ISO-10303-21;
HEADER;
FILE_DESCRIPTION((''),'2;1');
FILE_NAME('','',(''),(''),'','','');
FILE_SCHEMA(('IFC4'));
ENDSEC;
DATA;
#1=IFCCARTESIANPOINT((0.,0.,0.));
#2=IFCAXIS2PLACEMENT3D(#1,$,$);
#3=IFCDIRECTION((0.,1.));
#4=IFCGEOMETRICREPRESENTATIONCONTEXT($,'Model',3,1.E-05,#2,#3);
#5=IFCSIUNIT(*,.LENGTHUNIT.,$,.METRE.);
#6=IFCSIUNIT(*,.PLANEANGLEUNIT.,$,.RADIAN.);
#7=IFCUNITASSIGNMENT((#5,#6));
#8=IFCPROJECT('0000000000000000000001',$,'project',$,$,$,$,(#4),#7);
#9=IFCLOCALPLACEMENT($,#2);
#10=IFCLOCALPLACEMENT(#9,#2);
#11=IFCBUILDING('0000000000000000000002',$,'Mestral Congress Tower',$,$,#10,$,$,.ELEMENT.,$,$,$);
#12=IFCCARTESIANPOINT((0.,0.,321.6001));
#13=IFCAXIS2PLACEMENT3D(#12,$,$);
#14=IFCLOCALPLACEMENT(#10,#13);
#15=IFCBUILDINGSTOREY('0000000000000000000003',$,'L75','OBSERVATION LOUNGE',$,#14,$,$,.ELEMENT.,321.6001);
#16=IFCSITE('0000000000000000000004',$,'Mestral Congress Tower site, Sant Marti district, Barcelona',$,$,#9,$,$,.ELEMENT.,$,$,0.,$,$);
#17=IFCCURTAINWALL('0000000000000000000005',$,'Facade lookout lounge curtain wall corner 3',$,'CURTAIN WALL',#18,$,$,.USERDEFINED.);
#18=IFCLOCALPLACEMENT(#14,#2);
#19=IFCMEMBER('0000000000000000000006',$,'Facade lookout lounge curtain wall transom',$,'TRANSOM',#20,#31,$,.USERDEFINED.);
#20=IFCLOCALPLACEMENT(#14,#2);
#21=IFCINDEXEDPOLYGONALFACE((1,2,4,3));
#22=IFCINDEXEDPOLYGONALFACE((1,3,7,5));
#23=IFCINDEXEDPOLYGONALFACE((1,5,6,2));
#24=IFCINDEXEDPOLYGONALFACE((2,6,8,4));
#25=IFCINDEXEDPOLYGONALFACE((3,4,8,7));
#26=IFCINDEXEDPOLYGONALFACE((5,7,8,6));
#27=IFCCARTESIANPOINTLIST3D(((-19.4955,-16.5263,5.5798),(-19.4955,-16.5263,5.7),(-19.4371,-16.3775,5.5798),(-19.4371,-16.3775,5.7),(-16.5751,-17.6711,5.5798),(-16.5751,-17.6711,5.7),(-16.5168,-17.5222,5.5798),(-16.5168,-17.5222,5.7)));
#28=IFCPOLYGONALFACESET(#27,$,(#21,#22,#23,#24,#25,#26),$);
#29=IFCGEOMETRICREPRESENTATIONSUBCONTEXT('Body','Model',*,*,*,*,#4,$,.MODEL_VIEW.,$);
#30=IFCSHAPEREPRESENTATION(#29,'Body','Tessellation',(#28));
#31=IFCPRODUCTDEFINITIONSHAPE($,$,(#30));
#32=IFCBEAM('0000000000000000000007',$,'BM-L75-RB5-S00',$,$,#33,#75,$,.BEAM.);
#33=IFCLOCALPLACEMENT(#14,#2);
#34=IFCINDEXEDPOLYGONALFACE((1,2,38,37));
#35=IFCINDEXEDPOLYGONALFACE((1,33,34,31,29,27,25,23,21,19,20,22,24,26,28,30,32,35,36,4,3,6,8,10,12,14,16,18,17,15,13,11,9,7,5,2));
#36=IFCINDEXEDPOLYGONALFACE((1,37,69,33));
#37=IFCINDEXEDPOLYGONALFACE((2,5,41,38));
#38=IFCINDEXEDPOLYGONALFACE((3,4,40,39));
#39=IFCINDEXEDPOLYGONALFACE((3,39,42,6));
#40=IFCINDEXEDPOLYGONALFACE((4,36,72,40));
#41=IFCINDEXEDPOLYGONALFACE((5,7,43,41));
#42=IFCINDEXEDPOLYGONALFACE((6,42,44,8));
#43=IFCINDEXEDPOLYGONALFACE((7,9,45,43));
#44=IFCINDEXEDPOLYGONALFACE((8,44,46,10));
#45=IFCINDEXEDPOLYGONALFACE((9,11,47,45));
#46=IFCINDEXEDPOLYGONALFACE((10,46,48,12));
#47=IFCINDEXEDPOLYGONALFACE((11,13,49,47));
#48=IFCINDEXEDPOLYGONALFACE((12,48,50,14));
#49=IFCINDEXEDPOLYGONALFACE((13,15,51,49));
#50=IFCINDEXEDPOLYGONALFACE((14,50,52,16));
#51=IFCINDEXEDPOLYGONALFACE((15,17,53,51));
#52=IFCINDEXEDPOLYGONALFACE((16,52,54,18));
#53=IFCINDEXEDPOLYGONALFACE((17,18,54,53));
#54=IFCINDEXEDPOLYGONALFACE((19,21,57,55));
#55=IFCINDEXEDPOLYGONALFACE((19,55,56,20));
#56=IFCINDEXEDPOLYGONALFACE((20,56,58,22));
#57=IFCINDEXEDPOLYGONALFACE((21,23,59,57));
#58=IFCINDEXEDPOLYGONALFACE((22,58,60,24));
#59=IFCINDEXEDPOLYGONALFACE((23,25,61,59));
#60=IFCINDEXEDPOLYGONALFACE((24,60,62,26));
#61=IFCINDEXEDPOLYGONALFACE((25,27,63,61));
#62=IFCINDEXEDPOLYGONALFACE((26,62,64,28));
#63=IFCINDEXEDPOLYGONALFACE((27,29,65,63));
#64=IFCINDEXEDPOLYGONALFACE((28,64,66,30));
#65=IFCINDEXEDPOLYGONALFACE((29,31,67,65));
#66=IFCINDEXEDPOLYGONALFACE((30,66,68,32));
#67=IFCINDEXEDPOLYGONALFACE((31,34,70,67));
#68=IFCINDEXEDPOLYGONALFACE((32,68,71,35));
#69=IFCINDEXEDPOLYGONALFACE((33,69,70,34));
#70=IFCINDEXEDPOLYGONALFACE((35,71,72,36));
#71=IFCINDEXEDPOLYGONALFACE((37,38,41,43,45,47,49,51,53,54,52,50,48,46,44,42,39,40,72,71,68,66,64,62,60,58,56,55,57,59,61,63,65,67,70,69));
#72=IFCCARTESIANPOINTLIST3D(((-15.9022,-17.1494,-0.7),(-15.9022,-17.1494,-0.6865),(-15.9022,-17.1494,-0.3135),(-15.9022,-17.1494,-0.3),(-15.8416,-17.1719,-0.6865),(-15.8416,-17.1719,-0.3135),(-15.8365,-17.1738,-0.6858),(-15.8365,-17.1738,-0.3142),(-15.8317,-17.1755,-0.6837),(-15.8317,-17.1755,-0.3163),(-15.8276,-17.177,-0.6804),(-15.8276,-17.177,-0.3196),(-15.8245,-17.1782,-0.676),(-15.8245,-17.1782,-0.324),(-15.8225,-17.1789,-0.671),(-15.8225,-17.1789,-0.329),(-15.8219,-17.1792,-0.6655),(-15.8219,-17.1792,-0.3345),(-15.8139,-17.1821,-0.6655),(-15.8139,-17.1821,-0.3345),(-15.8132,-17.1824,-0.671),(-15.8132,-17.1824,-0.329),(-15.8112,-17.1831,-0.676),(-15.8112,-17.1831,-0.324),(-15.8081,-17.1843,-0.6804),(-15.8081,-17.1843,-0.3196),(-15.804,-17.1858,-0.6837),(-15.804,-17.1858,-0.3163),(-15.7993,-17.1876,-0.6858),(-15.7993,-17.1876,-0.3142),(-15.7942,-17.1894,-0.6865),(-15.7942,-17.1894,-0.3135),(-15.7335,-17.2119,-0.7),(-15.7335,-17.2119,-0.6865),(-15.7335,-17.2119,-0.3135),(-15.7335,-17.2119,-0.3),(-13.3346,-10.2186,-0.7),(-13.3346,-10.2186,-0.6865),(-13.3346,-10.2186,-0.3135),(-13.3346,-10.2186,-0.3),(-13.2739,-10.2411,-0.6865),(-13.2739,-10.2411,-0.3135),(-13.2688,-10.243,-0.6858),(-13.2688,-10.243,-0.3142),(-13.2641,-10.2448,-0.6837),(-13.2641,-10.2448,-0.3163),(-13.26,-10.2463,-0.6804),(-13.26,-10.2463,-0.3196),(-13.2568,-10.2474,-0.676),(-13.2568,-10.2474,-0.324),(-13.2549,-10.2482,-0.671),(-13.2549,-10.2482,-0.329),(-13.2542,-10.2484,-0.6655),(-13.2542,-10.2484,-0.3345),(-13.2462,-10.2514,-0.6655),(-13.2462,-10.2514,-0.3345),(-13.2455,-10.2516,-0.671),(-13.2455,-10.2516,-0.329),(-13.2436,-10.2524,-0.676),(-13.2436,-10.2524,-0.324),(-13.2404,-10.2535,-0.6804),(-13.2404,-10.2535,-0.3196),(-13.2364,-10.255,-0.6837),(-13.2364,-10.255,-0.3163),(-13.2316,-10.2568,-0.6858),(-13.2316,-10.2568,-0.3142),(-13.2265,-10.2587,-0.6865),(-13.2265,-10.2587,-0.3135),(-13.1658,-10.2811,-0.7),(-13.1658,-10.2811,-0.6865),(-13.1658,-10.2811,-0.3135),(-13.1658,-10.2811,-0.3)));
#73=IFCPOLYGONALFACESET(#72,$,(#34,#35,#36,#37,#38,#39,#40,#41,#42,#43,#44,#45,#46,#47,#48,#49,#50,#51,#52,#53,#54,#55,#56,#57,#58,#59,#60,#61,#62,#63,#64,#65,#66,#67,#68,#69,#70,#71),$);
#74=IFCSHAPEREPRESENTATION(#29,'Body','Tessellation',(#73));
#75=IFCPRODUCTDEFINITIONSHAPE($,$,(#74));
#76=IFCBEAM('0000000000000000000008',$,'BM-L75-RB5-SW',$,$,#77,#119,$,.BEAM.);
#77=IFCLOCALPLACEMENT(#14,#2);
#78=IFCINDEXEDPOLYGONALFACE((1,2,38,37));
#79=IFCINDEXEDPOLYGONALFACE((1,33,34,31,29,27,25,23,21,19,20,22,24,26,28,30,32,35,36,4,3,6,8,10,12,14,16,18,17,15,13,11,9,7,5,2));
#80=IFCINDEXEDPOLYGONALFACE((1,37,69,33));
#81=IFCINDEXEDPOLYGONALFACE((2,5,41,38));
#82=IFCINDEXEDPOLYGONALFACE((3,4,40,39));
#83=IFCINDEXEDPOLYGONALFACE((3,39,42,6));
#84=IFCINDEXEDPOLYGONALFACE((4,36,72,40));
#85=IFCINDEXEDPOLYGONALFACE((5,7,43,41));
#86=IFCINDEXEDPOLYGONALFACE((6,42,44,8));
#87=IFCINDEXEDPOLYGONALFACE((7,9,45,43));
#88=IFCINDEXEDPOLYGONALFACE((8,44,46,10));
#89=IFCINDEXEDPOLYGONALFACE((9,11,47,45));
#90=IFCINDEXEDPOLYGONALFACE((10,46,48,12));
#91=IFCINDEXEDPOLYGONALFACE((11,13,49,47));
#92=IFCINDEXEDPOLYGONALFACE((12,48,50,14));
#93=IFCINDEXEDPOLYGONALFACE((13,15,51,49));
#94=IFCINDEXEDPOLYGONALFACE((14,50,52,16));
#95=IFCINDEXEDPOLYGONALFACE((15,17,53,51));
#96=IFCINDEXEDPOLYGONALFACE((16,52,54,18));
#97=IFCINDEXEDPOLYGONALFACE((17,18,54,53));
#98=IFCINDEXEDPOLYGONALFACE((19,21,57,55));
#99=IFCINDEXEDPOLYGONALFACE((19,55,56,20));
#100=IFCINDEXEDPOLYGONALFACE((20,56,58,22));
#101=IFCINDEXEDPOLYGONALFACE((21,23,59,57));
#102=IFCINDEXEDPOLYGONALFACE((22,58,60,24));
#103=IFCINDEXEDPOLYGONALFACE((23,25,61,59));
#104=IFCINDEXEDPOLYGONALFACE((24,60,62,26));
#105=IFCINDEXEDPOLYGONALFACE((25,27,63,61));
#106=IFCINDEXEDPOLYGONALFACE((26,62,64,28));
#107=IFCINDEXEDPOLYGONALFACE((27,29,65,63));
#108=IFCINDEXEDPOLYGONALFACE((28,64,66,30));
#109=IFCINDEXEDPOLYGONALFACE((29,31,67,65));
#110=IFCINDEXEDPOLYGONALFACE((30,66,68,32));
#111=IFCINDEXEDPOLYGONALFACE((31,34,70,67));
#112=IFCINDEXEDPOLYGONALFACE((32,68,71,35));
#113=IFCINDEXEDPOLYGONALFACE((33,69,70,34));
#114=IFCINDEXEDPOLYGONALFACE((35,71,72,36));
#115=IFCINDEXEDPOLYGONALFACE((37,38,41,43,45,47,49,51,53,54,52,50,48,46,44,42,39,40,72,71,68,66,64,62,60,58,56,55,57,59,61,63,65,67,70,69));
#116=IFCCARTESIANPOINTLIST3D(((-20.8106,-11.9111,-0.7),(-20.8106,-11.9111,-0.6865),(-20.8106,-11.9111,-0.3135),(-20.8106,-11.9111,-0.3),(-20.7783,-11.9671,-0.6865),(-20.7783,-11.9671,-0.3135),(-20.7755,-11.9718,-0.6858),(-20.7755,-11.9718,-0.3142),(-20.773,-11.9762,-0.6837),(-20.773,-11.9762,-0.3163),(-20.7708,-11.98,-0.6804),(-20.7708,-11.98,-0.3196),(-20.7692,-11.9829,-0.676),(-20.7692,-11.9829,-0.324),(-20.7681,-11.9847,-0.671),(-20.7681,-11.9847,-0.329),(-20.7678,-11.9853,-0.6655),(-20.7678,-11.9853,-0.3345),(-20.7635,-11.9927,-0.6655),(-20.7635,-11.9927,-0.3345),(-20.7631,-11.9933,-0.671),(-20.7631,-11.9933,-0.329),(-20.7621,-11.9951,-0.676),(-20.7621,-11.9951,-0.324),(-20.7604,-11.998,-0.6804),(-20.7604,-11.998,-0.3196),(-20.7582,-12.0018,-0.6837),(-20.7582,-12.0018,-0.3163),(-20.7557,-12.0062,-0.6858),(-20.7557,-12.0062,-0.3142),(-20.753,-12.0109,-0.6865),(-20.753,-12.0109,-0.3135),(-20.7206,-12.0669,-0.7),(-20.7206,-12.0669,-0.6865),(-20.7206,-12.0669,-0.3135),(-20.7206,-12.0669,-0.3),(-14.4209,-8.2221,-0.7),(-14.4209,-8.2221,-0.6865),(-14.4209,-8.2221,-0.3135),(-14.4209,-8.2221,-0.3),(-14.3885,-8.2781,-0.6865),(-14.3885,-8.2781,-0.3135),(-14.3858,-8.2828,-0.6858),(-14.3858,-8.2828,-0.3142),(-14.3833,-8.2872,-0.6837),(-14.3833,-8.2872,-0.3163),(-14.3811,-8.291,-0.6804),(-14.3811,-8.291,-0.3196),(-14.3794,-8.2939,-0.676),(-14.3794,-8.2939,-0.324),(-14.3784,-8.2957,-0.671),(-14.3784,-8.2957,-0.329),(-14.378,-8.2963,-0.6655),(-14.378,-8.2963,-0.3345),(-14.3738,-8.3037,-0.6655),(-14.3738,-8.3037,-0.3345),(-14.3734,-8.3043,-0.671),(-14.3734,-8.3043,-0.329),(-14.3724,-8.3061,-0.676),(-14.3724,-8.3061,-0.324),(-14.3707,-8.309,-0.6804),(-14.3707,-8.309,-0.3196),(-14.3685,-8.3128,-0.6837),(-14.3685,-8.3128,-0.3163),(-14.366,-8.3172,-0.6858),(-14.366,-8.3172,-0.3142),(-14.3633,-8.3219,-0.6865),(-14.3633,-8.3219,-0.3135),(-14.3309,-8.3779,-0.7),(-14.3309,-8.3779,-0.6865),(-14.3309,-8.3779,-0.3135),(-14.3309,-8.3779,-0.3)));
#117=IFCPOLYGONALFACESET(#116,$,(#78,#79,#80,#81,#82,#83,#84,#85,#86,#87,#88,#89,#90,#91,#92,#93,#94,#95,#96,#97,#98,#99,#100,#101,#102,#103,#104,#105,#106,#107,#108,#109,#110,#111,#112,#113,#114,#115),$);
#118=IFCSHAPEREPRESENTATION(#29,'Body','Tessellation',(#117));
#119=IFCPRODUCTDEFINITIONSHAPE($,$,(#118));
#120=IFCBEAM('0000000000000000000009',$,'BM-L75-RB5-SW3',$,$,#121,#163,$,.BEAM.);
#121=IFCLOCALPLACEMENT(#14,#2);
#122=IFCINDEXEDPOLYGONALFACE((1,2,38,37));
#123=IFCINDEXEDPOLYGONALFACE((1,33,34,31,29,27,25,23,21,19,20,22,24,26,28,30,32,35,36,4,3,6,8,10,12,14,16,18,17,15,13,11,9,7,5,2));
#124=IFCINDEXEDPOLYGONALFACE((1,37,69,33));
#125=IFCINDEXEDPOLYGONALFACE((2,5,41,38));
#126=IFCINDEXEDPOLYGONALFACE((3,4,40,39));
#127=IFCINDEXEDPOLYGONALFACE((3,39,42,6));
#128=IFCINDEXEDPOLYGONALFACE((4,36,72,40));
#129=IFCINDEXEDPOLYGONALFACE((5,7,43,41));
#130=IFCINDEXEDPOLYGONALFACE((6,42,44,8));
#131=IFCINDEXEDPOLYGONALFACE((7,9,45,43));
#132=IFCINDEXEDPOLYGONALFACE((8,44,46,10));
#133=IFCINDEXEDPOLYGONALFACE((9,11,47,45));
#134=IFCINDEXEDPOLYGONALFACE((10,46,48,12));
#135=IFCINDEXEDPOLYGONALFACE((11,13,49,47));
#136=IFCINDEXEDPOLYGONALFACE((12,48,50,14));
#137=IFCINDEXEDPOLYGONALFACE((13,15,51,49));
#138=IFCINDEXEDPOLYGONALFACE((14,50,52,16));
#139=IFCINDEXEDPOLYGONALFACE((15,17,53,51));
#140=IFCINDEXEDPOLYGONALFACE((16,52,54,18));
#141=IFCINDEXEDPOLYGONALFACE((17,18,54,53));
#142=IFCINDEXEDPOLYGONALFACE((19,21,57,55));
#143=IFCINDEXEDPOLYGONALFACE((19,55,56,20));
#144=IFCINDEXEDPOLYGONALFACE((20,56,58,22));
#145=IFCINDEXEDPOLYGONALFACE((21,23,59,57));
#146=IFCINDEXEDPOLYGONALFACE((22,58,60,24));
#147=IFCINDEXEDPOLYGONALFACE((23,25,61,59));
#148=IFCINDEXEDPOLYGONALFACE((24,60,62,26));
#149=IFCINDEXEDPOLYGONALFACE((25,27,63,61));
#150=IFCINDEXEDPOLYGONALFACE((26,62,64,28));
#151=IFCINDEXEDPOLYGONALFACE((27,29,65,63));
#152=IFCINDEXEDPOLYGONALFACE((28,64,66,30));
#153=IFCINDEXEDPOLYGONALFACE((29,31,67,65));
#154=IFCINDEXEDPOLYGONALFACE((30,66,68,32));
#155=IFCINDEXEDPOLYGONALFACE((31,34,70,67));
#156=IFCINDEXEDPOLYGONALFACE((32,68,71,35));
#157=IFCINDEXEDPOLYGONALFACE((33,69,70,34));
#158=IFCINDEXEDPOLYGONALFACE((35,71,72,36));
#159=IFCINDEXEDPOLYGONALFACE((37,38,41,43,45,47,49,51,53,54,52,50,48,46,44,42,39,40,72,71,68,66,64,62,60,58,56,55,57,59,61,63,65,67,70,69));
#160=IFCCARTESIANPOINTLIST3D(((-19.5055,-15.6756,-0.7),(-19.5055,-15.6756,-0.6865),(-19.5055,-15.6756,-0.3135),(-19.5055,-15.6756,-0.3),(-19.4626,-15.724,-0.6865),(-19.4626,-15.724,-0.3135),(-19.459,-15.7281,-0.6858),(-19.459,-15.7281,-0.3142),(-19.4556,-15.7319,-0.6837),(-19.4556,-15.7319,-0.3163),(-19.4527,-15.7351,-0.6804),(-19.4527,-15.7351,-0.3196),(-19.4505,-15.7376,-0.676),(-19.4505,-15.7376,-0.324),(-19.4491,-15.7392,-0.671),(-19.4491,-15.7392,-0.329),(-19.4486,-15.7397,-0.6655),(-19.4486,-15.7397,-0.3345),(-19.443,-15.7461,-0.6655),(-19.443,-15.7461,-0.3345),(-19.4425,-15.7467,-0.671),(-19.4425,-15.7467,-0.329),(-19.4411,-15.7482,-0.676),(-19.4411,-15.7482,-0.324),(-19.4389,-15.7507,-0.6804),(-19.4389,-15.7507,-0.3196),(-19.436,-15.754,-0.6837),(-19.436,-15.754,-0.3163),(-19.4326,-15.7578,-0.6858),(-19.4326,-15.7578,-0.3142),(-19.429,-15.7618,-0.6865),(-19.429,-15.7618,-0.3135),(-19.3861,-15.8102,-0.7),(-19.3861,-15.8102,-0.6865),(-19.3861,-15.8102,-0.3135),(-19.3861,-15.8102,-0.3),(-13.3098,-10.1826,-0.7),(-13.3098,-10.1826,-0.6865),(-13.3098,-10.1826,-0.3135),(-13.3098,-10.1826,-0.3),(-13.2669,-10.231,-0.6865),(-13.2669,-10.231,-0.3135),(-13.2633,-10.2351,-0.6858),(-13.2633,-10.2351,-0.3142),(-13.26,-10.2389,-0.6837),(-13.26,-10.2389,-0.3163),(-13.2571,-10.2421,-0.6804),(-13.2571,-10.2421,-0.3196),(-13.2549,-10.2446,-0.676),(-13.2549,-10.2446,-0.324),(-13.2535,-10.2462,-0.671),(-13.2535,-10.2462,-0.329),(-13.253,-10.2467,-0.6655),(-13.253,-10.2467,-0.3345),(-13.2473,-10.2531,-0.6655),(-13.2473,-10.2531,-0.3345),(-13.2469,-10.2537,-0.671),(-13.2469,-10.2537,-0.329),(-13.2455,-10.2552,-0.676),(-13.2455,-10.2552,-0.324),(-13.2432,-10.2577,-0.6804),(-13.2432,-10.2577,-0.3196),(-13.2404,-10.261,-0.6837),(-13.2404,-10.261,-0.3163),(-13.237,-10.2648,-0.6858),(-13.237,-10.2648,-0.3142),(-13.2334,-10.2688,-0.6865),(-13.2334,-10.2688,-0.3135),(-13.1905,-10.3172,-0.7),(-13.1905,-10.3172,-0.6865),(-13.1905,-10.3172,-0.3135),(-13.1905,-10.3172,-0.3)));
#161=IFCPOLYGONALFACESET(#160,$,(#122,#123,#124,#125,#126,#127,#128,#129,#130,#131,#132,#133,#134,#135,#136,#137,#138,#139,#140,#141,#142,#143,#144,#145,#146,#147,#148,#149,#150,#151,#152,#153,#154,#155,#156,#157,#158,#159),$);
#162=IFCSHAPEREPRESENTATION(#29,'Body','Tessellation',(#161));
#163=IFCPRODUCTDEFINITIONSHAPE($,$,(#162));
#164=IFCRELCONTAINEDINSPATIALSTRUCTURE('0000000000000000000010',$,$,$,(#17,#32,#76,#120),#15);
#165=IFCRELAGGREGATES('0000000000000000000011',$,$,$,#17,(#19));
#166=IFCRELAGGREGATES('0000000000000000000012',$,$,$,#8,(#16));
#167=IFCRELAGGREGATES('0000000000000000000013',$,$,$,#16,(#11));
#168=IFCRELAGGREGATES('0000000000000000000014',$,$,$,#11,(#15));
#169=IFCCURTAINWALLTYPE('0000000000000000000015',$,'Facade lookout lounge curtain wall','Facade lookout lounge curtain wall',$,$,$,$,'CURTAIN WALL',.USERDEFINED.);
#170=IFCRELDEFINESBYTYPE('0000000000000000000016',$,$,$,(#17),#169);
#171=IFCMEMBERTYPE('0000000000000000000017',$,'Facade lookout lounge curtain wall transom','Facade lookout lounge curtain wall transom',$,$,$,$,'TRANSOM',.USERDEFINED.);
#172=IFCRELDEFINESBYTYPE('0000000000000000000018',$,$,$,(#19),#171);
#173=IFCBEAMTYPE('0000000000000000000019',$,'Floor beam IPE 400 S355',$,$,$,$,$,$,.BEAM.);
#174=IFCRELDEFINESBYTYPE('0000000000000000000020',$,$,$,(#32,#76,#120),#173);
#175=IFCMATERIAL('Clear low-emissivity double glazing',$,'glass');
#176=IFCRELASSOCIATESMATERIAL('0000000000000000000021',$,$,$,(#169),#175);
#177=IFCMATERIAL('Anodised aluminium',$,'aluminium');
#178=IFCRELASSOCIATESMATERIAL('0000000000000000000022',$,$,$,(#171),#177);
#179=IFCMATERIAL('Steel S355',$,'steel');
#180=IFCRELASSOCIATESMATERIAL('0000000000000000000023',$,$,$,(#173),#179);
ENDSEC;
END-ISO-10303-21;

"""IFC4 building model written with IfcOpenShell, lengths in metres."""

from ifc_helpers import new_model, si_unit, direction, frame, origin, origin_2d, place, context, subcontext, project, spatial, rectangle, i_section, extrude, material, material_profile, profile_set, type_object, element, aggregate, save


model = new_model("IFC4")

# Units and contexts
model_context = context("Model", 3, precision=1e-05, world=origin(), true_north=direction((0.0, 1.0)))
body_context = subcontext(model_context, "Body", "Model", "MODEL_VIEW")
ifc_project = project(units=[si_unit("LENGTHUNIT", "METRE"), si_unit("PLANEANGLEUNIT", "RADIAN")], contexts=[model_context])

# Site, building, storey
site_placement = place(None, origin())
site = spatial("IfcSite", under=ifc_project, at=site_placement, Name="Mestral Congress Tower site, Sant Marti district, Barcelona", CompositionType="ELEMENT", RefElevation=0.0)
building_placement = place(site_placement, origin())
building = spatial("IfcBuilding", under=site, at=building_placement, Name="Mestral Congress Tower", CompositionType="ELEMENT")
storey_placement = place(building_placement, frame((0.0, 0.0, 321.6001)))
storey = spatial("IfcBuildingStorey", under=building, at=storey_placement, Name="L75", Description="OBSERVATION LOUNGE", CompositionType="ELEMENT", Elevation=321.6001)

# Shared definitions
ifc_material_1 = material(Name="Clear low-emissivity double glazing", Category="glass")
curtain_wall_type = type_object("IfcCurtainWallType", Name="Facade lookout lounge curtain wall", Description="Facade lookout lounge curtain wall", ElementType="CURTAIN WALL", PredefinedType="USERDEFINED", material=ifc_material_1)
placement = place(storey_placement, origin())
ifc_material_2 = material(Name="Anodised aluminium", Category="aluminium")

# Curtain wall
curtain_wall_1 = element("IfcCurtainWall", 1, at=placement, inside=storey, type_object=curtain_wall_type, Name="Facade lookout lounge curtain wall corner 3", ObjectType="CURTAIN WALL", PredefinedType="USERDEFINED")

# Member
ifc_material_profile_1 = material_profile(ifc_material_2, rectangle(XDim=0.1599, YDim=0.1201, at=origin_2d()), Name="CW2 transom 160 x 120")
ifc_profile_set_1 = profile_set([ifc_material_profile_1], Name="Anodised aluminium")
member_type_1 = type_object("IfcMemberType", Name="Facade lookout lounge curtain wall transom", Description="Facade lookout lounge curtain wall transom", ElementType="TRANSOM", PredefinedType="USERDEFINED", material=ifc_profile_set_1)
member_1_placement = place(storey_placement, frame((-19.4663, -16.4519, 5.6399), z_axis=(0.931026, -0.364954, 0.0), x_axis=(0.364954, 0.931026, 0.0)))
member_1 = element("IfcMember", 2, at=member_1_placement, type_object=member_type_1, Name="Facade lookout lounge curtain wall transom", ObjectType="TRANSOM", PredefinedType="USERDEFINED", context=body_context, shape_type="SweptSolid", body=[
    extrude(rectangle(XDim=0.1599, YDim=0.1201, at=origin_2d()), origin(), (0.0, 0.0, 1.0), 3.1367),
])

# Beams
ifc_material_3 = material(Name="Steel S355", Category="steel")
ifc_material_profile_2 = material_profile(ifc_material_3, i_section(OverallWidth=0.1799, OverallDepth=0.3999, WebThickness=0.0085, FlangeThickness=0.0134, FilletRadius=0.021, at=origin_2d()), Name="IPE 400")
ifc_profile_set_2 = profile_set([ifc_material_profile_2], Name="Steel S355")
beam_type_1 = type_object("IfcBeamType", Name="Floor beam IPE 400 S355", PredefinedType="BEAM", material=ifc_profile_set_2)
beam_1_placement = place(storey_placement, frame((-15.8179, -17.1807, -0.5), z_axis=(0.347399, 0.937717, 0.0), x_axis=(-0.937717, 0.347399, 0.0)))
element("IfcBeam", 3, at=beam_1_placement, inside=storey, type_object=beam_type_1, Name="BM-L75-RB5-S00", PredefinedType="BEAM", context=body_context, shape_type="SweptSolid", body=[
    extrude(i_section(OverallWidth=0.1799, OverallDepth=0.3999, WebThickness=0.0085, FlangeThickness=0.0134, FilletRadius=0.021, at=origin_2d()), origin(), (0.0, 0.0, 1.0), 7.3911),
])
beam_2_placement = place(storey_placement, frame((-20.7656, -11.989, -0.5), z_axis=(0.866031, 0.49999, 0.0), x_axis=(-0.49999, 0.866031, 0.0)))
element("IfcBeam", 4, at=beam_2_placement, inside=storey, type_object=beam_type_1, Name="BM-L75-RB5-SW", PredefinedType="BEAM", context=body_context, shape_type="SweptSolid", body=[
    extrude(i_section(OverallWidth=0.1799, OverallDepth=0.3999, WebThickness=0.0085, FlangeThickness=0.0134, FilletRadius=0.021, at=origin_2d()), origin(), (0.0, 0.0, 1.0), 7.3782),
])
beam_3_placement = place(storey_placement, frame((-19.4458, -15.7429, -0.5), z_axis=(0.748263, 0.663402, 0.0), x_axis=(-0.663402, 0.748263, 0.0)))
element("IfcBeam", 5, at=beam_3_placement, inside=storey, type_object=beam_type_1, Name="BM-L75-RB5-SW3", PredefinedType="BEAM", context=body_context, shape_type="SweptSolid", body=[
    extrude(i_section(OverallWidth=0.1799, OverallDepth=0.3999, WebThickness=0.0085, FlangeThickness=0.0134, FilletRadius=0.021, at=origin_2d()), origin(), (0.0, 0.0, 1.0), 8.28),
])

aggregate(curtain_wall_1, [member_1])

save(model, "model.ifc")
